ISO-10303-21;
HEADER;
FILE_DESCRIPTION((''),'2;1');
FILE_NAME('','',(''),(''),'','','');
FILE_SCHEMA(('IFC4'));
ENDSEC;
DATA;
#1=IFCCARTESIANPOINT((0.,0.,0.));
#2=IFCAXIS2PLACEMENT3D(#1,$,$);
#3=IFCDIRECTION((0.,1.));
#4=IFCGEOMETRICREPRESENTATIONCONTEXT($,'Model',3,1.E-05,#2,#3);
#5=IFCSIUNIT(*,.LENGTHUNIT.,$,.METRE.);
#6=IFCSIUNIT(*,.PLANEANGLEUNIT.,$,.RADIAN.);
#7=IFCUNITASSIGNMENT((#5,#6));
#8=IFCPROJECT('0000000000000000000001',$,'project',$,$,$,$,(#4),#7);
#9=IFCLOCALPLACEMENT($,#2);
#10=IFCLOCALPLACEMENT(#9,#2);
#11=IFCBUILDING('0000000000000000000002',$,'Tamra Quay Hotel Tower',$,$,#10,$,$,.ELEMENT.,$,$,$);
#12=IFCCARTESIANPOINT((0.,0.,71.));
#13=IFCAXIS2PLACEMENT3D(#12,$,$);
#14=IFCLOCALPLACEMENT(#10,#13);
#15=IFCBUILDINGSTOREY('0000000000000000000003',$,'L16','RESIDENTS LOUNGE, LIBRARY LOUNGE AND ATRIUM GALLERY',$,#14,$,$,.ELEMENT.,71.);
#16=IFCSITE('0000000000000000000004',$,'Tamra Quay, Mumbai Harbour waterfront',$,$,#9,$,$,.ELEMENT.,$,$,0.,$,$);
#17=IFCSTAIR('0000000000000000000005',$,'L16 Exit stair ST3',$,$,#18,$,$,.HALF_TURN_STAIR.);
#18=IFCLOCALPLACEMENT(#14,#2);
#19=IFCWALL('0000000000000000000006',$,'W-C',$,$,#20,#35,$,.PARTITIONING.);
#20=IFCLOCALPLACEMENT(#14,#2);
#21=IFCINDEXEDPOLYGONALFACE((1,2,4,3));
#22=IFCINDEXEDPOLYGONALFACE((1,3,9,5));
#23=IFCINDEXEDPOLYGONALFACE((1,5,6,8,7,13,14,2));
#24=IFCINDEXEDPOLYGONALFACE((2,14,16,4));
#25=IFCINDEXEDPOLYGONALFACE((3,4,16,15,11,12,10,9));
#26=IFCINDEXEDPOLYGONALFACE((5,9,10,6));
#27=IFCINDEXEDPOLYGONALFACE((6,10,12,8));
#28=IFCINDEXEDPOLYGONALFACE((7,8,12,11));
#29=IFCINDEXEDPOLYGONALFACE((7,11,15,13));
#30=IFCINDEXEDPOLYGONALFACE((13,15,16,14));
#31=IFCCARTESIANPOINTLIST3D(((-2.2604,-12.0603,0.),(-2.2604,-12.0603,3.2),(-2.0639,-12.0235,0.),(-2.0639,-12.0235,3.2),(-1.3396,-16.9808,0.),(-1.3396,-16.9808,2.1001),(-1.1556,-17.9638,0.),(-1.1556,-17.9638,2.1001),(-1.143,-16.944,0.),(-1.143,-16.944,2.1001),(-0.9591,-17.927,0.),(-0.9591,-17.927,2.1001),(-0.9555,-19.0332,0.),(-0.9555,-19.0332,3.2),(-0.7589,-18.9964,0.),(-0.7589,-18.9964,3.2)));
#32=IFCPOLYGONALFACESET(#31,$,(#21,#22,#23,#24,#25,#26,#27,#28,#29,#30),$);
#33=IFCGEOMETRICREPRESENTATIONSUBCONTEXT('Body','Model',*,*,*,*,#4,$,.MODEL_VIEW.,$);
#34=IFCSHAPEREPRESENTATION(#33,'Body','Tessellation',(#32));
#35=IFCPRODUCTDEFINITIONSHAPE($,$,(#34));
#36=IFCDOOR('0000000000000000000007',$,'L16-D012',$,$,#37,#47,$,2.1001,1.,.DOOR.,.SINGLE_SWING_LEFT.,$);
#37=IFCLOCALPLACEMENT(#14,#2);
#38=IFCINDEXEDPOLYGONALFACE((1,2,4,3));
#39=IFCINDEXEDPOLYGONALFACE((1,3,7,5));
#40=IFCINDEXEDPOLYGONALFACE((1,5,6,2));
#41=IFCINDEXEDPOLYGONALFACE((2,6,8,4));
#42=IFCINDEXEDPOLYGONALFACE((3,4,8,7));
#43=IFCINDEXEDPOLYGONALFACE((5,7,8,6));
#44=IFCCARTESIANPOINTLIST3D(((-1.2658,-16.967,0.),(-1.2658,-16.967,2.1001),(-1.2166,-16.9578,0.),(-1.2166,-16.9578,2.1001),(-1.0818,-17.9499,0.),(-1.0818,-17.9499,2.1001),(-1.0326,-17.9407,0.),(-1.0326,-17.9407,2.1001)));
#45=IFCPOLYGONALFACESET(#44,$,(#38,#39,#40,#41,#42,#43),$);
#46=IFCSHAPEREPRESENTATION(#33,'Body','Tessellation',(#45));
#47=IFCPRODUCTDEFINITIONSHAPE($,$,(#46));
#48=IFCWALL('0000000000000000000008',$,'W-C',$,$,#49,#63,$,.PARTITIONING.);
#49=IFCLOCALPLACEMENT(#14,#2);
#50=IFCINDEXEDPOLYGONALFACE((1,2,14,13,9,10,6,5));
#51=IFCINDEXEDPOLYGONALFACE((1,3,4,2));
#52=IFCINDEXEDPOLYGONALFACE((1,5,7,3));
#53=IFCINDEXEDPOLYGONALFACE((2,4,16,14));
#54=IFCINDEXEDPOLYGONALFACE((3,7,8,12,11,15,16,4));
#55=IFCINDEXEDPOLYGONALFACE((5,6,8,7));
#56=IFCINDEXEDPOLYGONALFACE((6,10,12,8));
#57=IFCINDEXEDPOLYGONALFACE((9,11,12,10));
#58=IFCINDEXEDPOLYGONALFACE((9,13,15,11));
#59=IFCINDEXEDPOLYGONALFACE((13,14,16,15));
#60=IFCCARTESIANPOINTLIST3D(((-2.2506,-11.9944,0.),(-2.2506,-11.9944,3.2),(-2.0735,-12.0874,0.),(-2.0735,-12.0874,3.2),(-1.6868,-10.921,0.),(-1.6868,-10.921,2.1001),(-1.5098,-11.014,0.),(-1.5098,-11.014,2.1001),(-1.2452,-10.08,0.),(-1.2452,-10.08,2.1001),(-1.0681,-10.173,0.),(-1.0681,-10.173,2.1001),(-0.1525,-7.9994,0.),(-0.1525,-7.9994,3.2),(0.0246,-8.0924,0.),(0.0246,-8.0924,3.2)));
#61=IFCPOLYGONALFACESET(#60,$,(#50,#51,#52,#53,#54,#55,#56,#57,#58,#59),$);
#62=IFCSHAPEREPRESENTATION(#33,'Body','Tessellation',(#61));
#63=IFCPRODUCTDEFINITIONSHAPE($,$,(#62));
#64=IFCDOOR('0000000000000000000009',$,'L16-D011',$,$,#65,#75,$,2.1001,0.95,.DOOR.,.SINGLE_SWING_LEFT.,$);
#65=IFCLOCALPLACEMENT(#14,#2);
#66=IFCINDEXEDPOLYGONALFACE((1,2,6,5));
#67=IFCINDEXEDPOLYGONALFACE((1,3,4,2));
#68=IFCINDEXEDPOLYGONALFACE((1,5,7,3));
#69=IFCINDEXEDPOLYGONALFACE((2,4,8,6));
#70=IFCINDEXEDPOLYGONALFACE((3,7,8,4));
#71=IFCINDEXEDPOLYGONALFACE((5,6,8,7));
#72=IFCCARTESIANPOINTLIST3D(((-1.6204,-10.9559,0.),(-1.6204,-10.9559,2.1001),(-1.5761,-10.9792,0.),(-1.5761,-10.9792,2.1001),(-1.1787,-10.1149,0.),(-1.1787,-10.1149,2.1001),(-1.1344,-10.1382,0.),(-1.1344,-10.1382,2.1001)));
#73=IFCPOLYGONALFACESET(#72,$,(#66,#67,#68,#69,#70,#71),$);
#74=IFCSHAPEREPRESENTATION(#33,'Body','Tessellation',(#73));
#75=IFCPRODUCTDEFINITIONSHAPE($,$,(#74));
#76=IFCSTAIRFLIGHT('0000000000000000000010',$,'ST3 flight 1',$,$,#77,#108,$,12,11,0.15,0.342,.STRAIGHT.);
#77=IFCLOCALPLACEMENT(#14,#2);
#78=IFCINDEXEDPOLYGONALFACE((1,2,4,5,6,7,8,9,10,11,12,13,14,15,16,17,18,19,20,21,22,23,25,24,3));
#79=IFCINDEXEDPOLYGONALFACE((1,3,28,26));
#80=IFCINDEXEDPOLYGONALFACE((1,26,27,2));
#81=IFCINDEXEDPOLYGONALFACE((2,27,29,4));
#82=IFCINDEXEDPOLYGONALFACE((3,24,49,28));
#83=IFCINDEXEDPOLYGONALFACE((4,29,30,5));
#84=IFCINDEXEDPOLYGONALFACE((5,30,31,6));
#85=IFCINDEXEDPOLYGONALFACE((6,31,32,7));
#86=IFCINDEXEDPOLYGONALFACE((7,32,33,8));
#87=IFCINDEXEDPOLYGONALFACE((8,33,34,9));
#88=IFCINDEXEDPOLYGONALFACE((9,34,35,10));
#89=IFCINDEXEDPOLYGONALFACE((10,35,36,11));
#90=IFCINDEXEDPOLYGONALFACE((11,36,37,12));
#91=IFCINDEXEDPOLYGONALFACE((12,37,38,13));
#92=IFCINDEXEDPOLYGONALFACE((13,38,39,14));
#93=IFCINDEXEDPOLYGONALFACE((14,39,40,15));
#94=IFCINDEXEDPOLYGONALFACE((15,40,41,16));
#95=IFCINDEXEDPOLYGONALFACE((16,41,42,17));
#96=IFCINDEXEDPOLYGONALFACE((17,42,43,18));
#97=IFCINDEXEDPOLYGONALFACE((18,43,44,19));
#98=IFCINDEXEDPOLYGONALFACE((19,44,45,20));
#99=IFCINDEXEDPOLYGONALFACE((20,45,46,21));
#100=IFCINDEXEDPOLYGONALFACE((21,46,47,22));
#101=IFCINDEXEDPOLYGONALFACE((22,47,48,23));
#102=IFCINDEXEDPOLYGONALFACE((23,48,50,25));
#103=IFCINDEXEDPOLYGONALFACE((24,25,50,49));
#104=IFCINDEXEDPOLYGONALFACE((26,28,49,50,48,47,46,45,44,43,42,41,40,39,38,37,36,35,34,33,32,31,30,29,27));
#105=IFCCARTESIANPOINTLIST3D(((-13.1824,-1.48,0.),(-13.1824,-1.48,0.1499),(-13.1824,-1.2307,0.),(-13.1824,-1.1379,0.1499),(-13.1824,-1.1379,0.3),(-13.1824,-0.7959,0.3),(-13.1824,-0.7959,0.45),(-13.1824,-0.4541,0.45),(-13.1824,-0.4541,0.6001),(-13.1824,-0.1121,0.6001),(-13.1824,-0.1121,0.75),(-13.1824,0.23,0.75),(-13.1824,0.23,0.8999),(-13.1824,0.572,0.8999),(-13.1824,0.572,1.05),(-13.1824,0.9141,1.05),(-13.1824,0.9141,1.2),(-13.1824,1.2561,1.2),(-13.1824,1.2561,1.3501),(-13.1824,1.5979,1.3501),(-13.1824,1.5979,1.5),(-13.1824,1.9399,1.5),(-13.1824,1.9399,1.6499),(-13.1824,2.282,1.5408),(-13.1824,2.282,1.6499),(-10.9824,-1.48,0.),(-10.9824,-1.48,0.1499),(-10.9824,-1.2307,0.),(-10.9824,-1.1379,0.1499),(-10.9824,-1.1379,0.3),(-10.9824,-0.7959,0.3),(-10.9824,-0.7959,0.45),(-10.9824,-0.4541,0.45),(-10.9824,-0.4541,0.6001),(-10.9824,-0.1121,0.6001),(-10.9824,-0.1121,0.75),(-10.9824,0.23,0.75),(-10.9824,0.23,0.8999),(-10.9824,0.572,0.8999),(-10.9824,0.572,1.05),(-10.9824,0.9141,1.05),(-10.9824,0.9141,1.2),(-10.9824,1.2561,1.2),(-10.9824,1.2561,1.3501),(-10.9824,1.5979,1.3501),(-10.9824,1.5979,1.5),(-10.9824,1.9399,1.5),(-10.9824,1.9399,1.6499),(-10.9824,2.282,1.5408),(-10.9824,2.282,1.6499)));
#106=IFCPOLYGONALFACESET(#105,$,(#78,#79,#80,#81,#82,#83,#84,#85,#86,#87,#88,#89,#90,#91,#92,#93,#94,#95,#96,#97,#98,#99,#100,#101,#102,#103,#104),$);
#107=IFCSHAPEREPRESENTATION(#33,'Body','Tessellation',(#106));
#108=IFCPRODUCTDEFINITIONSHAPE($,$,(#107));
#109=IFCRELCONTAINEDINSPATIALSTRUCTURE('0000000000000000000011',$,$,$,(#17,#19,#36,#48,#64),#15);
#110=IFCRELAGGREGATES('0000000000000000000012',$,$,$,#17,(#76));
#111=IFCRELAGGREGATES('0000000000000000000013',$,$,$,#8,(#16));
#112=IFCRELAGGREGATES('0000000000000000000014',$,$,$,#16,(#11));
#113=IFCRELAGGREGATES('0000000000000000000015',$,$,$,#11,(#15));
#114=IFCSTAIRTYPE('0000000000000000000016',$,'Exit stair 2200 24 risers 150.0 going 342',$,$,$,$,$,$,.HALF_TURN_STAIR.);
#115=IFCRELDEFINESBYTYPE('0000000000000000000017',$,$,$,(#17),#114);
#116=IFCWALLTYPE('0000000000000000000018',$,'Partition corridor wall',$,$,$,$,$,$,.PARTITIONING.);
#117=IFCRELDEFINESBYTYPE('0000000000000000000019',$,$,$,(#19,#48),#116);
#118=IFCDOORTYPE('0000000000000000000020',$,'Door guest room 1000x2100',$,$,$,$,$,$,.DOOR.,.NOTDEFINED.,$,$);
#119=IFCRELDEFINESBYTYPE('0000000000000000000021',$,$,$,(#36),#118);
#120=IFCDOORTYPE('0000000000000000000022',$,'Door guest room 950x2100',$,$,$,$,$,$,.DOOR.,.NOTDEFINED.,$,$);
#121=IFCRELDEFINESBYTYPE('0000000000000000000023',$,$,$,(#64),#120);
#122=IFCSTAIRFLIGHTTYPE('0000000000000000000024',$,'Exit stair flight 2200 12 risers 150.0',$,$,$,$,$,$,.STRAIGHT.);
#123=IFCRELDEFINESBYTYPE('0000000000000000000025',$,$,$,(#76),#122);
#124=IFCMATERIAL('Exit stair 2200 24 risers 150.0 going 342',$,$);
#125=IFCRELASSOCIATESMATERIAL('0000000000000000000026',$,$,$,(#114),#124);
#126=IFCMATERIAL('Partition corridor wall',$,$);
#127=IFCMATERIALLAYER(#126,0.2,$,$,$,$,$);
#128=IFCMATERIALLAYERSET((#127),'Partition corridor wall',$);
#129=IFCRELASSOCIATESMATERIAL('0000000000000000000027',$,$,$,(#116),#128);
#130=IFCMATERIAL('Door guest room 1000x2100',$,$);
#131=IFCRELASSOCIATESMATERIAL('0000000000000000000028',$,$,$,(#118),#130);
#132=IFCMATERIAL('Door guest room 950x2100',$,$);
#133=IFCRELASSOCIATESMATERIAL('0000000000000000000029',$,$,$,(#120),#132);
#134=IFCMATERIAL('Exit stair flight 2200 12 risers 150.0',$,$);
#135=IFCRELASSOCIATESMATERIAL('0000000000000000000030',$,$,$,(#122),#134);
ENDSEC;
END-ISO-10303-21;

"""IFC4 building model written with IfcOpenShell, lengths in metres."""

from ifc_helpers import new_model, si_unit, direction, frame, frame_2d, origin, place, context, subcontext, project, spatial, polyline, rectangle, outline, extrude, material, layer, layer_set, type_object, element, fill, aggregate, save


model = new_model("IFC4")

# Units and contexts
model_context = context("Model", 3, precision=1e-05, world=origin(), true_north=direction((0.0, 1.0)))
body_context = subcontext(model_context, "Body", "Model", "MODEL_VIEW")
ifc_project = project(units=[si_unit("LENGTHUNIT", "METRE"), si_unit("PLANEANGLEUNIT", "RADIAN")], contexts=[model_context])

# Site, building, storey
site_placement = place(None, origin())
site = spatial("IfcSite", under=ifc_project, at=site_placement, Name="Tamra Quay, Mumbai Harbour waterfront", CompositionType="ELEMENT", RefElevation=0.0)
building_placement = place(site_placement, origin())
building = spatial("IfcBuilding", under=site, at=building_placement, Name="Tamra Quay Hotel Tower", CompositionType="ELEMENT")
storey_placement = place(building_placement, frame((0.0, 0.0, 71.0)))
storey = spatial("IfcBuildingStorey", under=building, at=storey_placement, Name="L16", Description="RESIDENTS LOUNGE, LIBRARY LOUNGE AND ATRIUM GALLERY", CompositionType="ELEMENT", Elevation=71.0)

# Stair
ifc_material_1 = material(Name="Exit stair 2200 24 risers 150.0 going 342")
stair_type = type_object("IfcStairType", Name="Exit stair 2200 24 risers 150.0 going 342", PredefinedType="HALF_TURN_STAIR", material=ifc_material_1)
stair_1_placement = place(storey_placement, origin())
stair_1 = element("IfcStair", 1, at=stair_1_placement, inside=storey, type_object=stair_type, Name="L16 Exit stair ST3", PredefinedType="HALF_TURN_STAIR")

# Shared definitions
ifc_material_2 = material(Name="Partition corridor wall")
ifc_layer_1 = layer(ifc_material_2, 0.2)
ifc_layer_set_1 = layer_set([ifc_layer_1], Name="Partition corridor wall")
wall_type_1 = type_object("IfcWallType", Name="Partition corridor wall", PredefinedType="PARTITIONING", material=ifc_layer_set_1)

# Shared definitions
ifc_material_3 = material(Name="Door guest room 1000x2100")
door_type_1 = type_object("IfcDoorType", Name="Door guest room 1000x2100", OperationType="NOTDEFINED", PredefinedType="DOOR", material=ifc_material_3)

# Walls, openings, doors
wall_1_placement = place(storey_placement, frame((-2.1621, -12.042, 0.0), z_axis=(0.0, 0.0, 1.0), x_axis=(0.18395, -0.982936, 0.0)))
wall_1 = element("IfcWall", 2, at=wall_1_placement, inside=storey, type_object=wall_type_1, Name="W-C", PredefinedType="PARTITIONING", context=body_context, shape_type="SweptSolid", body=[
    extrude(rectangle(XDim=7.094, YDim=0.2, at=frame_2d((3.5469, 0.0))), origin(), (0.0, 0.0, 1.0), 3.2),
])
opening_1_placement = place(wall_1_placement, frame((5.0059, 0.0, 0.0)))
opening_1 = element("IfcOpeningElement", 3, at=opening_1_placement, cuts=wall_1, PredefinedType="OPENING", context=body_context, shape_type="SweptSolid", body=[
    extrude(rectangle(XDim=1.0, YDim=2.1001, at=frame_2d((0.5, 1.05))), frame((0.0, 0.1099, 0.0), z_axis=(0.0, -1.0, 0.0), x_axis=(1.0, 0.0, 0.0)), (0.0, 0.0, 1.0), 0.22),
])
door_1_placement = place(opening_1_placement, frame((1.0, 0.0, 0.0), z_axis=(0.0, 0.0, 1.0), x_axis=(-1.0, 0.0, 0.0)))
door_1 = element("IfcDoor", 4, at=door_1_placement, inside=storey, type_object=door_type_1, Name="L16-D012", OperationType="SINGLE_SWING_LEFT", OverallHeight=2.1001, OverallWidth=1.0, PredefinedType="DOOR", context=body_context, shape_type="SweptSolid", body=[
    extrude(rectangle(XDim=1.0, YDim=2.1001, at=frame_2d((0.5, 1.05))), frame((0.0, 0.0249, 0.0), z_axis=(0.0, -1.0, 0.0), x_axis=(1.0, 0.0, 0.0)), (0.0, 0.0, 1.0), 0.05),
])
fill(opening_1, door_1)
wall_2_placement = place(storey_placement, frame((-2.1621, -12.041, 0.0), z_axis=(0.0, 0.0, 1.0), x_axis=(0.464957, 0.885333, 0.0)))
wall_2 = element("IfcWall", 5, at=wall_2_placement, inside=storey, type_object=wall_type_1, Name="W-C", PredefinedType="PARTITIONING", context=body_context, shape_type="SweptSolid", body=[
    extrude(rectangle(XDim=4.5125, YDim=0.2, at=frame_2d((2.2563, 0.0))), origin(), (0.0, 0.0, 1.0), 3.2),
])
opening_2_placement = place(wall_2_placement, frame((1.2124, 0.0, 0.0)))
opening_2 = element("IfcOpeningElement", 6, at=opening_2_placement, cuts=wall_2, PredefinedType="OPENING", context=body_context, shape_type="SweptSolid", body=[
    extrude(rectangle(XDim=0.95, YDim=2.1001, at=frame_2d((0.4751, 1.05))), frame((0.0, 0.1099, 0.0), z_axis=(0.0, -1.0, 0.0), x_axis=(1.0, 0.0, 0.0)), (0.0, 0.0, 1.0), 0.22),
])
ifc_material_4 = material(Name="Door guest room 950x2100")
door_type_2 = type_object("IfcDoorType", Name="Door guest room 950x2100", OperationType="NOTDEFINED", PredefinedType="DOOR", material=ifc_material_4)
door_2_placement = place(opening_2_placement, origin())
door_2 = element("IfcDoor", 7, at=door_2_placement, inside=storey, type_object=door_type_2, Name="L16-D011", OperationType="SINGLE_SWING_LEFT", OverallHeight=2.1001, OverallWidth=0.95, PredefinedType="DOOR", context=body_context, shape_type="SweptSolid", body=[
    extrude(rectangle(XDim=0.95, YDim=2.1001, at=frame_2d((0.4751, 1.05))), frame((0.0, 0.0249, 0.0), z_axis=(0.0, -1.0, 0.0), x_axis=(1.0, 0.0, 0.0)), (0.0, 0.0, 1.0), 0.05),
])
fill(opening_2, door_2)

# Stair flight
ifc_material_5 = material(Name="Exit stair flight 2200 12 risers 150.0")
stair_flight_type = type_object("IfcStairFlightType", Name="Exit stair flight 2200 12 risers 150.0", PredefinedType="STRAIGHT", material=ifc_material_5)
stair_flight_placement = place(storey_placement, frame((-12.0823, -1.48, 0.0), z_axis=(0.0, 0.0, 1.0), x_axis=(0.0, 1.0, 0.0)))
stair_flight = element("IfcStairFlight", 8, at=stair_flight_placement, type_object=stair_flight_type, Name="ST3 flight 1", NumberOfRisers=12, NumberOfTreads=11, PredefinedType="STRAIGHT", RiserHeight=0.15, TreadLength=0.342, context=body_context, shape_type="SweptSolid", body=[
    extrude(outline(polyline([(0.0, 0.0), (0.0, 0.1499), (0.342, 0.1499), (0.342, 0.3), (0.6841, 0.3), (0.6841, 0.45), (1.0259, 0.45), (1.0259, 0.6001), (1.3679, 0.6001), (1.3679, 0.75), (1.71, 0.75), (1.71, 0.8999), (2.052, 0.8999), (2.052, 1.05), (2.394, 1.05), (2.394, 1.2), (2.7361, 1.2), (2.7361, 1.3501), (3.0779, 1.3501), (3.0779, 1.5), (3.4199, 1.5), (3.4199, 1.6499), (3.762, 1.6499), (3.762, 1.8), (3.762, 1.5408), (0.2493, 0.0), (0.0, 0.0)])), frame((0.0, 1.1001, 0.0), z_axis=(0.0, -1.0, 0.0), x_axis=(1.0, 0.0, 0.0)), (0.0, 0.0, 1.0), 2.2),
])
aggregate(stair_1, [stair_flight])

save(model, "model.ifc")
